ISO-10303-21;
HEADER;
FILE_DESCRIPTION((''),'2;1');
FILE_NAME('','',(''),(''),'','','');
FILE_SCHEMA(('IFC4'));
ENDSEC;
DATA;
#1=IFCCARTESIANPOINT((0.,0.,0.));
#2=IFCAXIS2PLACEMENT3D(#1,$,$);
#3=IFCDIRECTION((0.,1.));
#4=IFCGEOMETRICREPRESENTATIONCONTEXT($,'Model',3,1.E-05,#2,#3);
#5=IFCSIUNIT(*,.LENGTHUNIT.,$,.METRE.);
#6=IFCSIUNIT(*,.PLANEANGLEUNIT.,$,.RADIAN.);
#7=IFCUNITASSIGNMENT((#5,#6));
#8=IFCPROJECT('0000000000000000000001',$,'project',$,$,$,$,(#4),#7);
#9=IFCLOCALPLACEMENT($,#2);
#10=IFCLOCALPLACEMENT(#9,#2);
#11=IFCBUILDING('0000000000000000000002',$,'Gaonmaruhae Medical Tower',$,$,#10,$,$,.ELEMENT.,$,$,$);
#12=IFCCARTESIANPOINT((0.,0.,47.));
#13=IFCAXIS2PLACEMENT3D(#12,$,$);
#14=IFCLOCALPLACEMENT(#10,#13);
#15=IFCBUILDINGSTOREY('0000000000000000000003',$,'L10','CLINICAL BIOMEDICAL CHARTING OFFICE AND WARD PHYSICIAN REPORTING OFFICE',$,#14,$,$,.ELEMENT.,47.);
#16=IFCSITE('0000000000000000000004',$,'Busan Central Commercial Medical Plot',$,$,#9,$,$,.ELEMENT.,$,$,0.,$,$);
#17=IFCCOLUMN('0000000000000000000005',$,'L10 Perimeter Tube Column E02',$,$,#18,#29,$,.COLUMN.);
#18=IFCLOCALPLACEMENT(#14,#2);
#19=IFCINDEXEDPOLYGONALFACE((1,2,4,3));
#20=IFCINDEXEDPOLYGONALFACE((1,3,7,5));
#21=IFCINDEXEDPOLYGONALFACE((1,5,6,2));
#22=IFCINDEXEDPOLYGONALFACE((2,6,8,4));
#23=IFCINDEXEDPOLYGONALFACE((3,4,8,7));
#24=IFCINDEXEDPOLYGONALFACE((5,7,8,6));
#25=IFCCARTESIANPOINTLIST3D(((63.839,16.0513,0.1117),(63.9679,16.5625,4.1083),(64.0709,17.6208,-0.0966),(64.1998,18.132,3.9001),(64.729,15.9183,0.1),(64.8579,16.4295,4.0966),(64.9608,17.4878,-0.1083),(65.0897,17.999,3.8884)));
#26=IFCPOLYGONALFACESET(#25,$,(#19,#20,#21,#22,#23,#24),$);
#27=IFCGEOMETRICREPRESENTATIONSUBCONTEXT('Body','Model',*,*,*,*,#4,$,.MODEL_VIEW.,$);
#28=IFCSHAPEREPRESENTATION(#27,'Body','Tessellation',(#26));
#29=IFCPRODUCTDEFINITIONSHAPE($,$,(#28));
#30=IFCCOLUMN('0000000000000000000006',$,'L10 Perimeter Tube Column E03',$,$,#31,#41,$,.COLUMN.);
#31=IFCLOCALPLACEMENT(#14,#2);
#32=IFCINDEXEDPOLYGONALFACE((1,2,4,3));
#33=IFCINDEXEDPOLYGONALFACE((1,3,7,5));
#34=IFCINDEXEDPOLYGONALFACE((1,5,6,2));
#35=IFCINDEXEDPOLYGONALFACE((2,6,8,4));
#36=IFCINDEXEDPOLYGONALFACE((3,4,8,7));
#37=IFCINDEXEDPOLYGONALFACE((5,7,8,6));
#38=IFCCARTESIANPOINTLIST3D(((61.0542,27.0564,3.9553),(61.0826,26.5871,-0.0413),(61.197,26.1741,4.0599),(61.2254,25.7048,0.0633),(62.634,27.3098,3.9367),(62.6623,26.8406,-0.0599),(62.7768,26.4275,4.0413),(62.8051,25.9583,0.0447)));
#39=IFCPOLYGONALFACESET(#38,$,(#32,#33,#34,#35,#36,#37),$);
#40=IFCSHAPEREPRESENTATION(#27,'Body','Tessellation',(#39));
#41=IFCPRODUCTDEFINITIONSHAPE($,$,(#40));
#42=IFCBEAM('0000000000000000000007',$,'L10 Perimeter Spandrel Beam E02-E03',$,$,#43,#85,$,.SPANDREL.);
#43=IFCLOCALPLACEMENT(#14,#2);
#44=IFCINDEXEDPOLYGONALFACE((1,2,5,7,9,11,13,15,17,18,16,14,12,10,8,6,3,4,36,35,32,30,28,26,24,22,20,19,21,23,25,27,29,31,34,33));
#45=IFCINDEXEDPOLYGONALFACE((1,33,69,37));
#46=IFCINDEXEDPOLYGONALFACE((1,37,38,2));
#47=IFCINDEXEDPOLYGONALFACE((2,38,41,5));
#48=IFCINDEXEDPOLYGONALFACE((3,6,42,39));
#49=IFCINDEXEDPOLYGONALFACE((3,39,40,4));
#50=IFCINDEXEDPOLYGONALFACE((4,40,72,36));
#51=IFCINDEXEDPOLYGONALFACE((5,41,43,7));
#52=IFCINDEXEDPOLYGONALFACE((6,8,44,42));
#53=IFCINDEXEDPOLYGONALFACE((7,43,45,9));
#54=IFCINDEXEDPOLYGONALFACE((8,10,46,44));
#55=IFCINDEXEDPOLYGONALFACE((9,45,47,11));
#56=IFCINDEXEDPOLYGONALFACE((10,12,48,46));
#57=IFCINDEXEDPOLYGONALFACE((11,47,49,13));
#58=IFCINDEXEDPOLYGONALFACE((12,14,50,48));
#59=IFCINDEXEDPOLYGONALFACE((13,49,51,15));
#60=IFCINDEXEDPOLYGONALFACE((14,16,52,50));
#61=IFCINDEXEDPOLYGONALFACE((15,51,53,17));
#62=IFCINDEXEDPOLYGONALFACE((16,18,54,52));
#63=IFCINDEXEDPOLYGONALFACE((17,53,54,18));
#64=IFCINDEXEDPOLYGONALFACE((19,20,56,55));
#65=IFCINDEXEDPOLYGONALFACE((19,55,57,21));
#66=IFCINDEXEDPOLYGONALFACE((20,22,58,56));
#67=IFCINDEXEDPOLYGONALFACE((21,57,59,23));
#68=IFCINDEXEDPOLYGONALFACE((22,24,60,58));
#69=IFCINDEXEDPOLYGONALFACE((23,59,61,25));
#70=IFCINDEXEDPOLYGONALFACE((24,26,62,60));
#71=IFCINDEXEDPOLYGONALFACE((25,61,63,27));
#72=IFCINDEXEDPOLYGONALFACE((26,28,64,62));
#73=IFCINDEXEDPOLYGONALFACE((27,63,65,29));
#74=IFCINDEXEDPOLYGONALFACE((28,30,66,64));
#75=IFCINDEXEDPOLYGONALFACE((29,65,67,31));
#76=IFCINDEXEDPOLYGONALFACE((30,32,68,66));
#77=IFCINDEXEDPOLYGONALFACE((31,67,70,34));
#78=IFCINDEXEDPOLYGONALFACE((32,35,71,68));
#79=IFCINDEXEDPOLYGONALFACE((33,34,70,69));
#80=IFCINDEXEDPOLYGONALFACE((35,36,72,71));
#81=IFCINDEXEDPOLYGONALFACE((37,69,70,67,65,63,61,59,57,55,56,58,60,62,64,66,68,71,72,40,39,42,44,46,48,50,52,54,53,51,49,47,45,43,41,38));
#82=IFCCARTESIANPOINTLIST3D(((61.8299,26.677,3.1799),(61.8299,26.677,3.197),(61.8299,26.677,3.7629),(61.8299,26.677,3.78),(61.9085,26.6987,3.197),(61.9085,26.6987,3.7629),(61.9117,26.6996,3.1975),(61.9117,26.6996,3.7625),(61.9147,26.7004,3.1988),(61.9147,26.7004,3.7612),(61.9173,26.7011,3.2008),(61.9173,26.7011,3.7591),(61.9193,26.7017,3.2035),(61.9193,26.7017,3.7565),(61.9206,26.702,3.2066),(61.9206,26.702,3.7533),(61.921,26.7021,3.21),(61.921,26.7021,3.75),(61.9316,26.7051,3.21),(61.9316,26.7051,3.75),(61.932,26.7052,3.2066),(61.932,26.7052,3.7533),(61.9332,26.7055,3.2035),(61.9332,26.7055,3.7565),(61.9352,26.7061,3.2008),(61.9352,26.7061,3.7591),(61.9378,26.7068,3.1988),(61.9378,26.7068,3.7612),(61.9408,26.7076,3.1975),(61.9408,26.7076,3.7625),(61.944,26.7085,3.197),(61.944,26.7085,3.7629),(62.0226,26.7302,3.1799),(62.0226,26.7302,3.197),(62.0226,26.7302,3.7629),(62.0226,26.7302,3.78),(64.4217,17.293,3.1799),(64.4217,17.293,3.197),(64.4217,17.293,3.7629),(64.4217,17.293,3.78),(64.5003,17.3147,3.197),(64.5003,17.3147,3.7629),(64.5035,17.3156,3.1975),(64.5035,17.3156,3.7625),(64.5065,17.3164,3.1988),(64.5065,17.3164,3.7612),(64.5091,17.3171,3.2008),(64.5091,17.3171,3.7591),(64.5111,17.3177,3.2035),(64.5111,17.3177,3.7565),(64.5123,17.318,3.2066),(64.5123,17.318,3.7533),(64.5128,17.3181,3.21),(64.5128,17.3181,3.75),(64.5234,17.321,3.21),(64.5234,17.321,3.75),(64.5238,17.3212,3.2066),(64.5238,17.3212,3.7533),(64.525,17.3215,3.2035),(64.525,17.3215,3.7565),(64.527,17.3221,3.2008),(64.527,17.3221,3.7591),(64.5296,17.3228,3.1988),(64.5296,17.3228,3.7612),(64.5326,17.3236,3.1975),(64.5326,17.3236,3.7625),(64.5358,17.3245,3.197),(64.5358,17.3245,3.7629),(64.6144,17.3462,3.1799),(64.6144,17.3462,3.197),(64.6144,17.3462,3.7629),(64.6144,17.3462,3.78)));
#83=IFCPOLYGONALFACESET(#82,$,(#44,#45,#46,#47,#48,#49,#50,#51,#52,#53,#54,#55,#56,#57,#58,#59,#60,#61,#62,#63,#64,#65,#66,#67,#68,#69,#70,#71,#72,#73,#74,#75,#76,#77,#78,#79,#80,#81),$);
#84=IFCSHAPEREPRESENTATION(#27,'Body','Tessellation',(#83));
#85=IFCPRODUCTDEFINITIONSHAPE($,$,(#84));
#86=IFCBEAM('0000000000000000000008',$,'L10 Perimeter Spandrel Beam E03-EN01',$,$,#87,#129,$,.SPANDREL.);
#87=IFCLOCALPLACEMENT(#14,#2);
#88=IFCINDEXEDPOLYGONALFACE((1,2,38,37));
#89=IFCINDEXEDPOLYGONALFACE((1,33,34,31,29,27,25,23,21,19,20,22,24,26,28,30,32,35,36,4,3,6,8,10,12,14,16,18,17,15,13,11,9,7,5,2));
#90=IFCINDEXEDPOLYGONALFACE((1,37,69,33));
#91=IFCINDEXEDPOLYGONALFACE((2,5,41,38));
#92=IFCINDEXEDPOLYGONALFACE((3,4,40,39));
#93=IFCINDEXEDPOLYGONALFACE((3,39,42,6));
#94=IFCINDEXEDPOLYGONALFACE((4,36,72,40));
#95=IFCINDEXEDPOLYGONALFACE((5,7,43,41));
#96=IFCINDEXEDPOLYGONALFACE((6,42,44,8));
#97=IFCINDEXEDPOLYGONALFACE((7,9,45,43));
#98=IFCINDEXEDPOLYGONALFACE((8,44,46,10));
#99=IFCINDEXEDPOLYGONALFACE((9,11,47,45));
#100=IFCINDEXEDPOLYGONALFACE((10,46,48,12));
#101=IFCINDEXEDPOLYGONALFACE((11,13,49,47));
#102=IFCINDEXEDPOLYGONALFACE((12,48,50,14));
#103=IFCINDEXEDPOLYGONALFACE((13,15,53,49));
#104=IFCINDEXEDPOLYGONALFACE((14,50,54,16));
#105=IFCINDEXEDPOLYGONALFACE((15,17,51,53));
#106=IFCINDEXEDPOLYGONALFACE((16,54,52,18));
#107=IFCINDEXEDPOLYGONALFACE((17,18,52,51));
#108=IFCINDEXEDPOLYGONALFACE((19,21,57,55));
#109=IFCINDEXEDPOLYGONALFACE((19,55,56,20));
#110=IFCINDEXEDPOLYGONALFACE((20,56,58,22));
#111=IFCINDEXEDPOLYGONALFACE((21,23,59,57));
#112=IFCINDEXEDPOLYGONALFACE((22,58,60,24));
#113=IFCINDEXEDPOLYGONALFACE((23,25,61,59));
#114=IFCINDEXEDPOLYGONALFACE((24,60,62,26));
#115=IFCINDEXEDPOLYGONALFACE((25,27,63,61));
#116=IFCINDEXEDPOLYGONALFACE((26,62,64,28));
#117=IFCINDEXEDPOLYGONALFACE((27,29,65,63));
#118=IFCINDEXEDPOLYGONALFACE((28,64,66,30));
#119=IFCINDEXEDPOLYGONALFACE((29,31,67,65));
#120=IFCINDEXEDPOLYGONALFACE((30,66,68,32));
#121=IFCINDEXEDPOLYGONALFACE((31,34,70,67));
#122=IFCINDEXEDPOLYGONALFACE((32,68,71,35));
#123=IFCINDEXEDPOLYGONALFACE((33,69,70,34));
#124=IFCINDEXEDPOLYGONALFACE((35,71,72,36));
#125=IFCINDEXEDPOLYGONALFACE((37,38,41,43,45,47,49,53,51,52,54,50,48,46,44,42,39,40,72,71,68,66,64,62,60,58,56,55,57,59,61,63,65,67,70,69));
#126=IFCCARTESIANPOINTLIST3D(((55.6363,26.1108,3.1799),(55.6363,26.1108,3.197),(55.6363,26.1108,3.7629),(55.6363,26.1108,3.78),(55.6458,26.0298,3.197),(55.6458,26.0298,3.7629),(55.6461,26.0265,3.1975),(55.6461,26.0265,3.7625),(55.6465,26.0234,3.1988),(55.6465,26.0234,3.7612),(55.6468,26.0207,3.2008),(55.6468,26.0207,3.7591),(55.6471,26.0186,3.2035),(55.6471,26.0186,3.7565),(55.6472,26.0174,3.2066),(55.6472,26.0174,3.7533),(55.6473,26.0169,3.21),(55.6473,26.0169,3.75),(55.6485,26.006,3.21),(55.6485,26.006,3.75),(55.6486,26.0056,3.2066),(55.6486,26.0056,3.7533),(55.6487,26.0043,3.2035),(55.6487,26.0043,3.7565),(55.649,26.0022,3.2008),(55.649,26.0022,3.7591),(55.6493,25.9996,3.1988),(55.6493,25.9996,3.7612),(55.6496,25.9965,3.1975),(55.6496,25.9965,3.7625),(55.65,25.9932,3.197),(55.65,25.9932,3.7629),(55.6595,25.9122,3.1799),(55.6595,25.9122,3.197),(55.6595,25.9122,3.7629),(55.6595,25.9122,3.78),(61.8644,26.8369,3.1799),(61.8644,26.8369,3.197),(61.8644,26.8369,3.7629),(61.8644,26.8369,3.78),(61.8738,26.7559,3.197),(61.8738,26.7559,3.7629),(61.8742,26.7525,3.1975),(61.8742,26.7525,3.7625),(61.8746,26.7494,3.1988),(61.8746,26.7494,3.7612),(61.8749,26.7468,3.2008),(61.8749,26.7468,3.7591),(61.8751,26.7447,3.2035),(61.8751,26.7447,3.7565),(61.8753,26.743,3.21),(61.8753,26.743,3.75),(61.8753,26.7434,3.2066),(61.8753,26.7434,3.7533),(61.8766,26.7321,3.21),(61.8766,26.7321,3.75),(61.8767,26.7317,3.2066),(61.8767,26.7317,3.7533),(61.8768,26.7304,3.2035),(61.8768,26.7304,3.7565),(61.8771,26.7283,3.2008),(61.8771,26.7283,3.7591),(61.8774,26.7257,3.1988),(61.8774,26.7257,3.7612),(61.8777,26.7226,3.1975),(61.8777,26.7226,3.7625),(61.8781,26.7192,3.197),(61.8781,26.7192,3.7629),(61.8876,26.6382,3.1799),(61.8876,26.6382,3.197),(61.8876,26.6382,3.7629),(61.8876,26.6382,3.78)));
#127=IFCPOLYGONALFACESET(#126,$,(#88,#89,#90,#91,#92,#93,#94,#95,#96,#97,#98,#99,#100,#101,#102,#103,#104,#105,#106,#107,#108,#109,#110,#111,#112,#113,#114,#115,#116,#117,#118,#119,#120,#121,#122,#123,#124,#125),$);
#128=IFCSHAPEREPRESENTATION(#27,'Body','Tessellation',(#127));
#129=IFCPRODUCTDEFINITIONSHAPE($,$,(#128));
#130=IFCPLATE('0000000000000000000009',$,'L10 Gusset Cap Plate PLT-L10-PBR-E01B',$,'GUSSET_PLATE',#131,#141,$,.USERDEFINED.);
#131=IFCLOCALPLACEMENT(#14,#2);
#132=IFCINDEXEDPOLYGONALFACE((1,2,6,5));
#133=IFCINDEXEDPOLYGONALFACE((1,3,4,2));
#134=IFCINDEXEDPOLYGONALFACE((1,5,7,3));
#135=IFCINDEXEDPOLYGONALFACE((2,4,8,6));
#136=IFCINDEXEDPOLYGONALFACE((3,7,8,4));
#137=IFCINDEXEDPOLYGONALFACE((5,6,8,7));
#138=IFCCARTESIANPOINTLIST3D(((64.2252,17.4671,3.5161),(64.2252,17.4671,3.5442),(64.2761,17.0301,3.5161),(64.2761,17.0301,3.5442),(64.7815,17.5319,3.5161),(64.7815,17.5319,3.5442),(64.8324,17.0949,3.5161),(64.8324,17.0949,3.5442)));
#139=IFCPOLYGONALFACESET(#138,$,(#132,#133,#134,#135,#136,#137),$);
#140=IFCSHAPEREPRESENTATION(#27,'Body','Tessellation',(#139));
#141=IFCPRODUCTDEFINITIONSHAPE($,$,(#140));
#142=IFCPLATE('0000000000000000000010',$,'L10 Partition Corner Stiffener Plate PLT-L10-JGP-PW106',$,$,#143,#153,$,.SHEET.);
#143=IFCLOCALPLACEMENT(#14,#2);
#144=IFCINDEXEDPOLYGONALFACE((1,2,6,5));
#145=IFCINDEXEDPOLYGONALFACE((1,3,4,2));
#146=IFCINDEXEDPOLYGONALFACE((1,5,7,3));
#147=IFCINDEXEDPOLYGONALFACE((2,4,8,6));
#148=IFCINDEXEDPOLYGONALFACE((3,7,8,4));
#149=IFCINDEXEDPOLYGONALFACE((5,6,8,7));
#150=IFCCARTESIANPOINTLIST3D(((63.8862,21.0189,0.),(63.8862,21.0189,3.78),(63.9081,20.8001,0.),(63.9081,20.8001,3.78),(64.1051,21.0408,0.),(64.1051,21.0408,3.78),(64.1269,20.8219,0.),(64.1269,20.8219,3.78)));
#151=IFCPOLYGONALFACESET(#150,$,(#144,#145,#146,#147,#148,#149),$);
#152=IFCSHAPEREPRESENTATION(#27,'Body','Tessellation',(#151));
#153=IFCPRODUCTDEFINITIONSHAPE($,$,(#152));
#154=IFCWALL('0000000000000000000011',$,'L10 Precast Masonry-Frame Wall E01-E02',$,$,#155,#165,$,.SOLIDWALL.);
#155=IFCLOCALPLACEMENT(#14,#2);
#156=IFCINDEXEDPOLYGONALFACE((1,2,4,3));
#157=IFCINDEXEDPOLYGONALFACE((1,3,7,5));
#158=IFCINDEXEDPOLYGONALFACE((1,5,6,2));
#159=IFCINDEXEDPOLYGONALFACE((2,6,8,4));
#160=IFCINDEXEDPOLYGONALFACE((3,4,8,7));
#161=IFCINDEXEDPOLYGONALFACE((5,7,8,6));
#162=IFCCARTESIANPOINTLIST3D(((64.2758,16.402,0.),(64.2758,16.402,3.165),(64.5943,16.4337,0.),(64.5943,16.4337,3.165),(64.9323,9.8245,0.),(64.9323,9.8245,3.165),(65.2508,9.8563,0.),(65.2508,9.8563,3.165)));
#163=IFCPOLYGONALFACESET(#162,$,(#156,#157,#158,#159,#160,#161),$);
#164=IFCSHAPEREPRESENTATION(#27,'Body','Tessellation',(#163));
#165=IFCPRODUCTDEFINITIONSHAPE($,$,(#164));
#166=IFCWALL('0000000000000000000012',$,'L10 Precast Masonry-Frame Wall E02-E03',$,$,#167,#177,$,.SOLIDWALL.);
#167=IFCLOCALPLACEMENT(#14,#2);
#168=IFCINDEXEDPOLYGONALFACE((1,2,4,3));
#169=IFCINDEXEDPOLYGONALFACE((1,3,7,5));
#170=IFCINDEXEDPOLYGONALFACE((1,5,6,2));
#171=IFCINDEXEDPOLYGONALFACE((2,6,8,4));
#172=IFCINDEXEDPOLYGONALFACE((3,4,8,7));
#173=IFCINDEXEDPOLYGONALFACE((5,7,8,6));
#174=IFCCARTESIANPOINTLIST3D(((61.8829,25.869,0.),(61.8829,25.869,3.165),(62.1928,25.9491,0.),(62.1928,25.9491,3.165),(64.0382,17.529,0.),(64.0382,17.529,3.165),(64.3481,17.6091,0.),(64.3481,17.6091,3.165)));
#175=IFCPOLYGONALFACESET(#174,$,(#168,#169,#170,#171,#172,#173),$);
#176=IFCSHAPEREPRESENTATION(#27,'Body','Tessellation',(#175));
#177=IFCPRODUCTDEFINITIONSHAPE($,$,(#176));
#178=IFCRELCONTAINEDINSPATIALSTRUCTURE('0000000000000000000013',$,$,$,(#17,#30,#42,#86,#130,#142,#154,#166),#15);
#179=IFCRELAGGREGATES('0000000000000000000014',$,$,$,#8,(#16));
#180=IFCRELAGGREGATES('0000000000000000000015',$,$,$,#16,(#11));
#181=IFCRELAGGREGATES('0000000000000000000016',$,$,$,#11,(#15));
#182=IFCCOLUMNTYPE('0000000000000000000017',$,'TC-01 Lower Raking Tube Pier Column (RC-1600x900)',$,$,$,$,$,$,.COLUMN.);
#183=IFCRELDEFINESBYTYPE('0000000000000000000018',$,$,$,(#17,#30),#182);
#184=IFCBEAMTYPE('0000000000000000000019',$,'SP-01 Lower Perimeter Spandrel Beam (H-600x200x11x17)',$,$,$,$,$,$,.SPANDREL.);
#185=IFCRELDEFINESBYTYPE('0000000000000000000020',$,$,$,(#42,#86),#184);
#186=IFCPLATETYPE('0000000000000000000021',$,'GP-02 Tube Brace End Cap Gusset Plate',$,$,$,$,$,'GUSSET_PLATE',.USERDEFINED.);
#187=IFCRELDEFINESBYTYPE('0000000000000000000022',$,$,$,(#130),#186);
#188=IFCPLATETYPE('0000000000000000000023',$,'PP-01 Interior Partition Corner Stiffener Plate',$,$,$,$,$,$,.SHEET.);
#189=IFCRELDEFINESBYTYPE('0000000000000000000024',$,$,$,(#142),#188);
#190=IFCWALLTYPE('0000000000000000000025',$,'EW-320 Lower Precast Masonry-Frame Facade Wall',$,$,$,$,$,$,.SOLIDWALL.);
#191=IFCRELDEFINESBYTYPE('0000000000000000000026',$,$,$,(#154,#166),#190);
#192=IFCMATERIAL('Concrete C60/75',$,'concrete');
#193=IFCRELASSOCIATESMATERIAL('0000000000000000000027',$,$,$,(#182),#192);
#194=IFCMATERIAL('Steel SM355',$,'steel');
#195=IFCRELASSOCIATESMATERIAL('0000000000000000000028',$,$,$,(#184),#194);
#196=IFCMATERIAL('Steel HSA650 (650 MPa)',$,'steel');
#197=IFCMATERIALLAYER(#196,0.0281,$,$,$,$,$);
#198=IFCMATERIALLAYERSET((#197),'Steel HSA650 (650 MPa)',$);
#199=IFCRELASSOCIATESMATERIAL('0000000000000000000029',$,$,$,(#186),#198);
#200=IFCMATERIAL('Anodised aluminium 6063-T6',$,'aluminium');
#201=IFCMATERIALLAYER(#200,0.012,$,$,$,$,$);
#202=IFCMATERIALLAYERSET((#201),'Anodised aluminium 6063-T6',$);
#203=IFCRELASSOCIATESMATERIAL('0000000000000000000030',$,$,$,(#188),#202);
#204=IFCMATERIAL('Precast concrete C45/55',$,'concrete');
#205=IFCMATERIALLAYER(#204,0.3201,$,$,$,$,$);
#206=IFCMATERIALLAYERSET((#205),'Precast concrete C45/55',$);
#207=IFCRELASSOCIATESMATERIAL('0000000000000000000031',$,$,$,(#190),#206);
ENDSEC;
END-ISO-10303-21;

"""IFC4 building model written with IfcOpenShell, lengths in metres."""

from ifc_helpers import new_model, si_unit, direction, frame, frame_2d, origin, origin_2d, place, context, subcontext, project, spatial, rectangle, i_section, extrude, material, layer, layer_set, material_profile, profile_set, type_object, element, save


model = new_model("IFC4")

# Units and contexts
model_context = context("Model", 3, precision=1e-05, world=origin(), true_north=direction((0.0, 1.0)))
body_context = subcontext(model_context, "Body", "Model", "MODEL_VIEW")
ifc_project = project(units=[si_unit("LENGTHUNIT", "METRE"), si_unit("PLANEANGLEUNIT", "RADIAN")], contexts=[model_context])

# Site, building, storey
site_placement = place(None, origin())
site = spatial("IfcSite", under=ifc_project, at=site_placement, Name="Busan Central Commercial Medical Plot", CompositionType="ELEMENT", RefElevation=0.0)
building_placement = place(site_placement, origin())
building = spatial("IfcBuilding", under=site, at=building_placement, Name="Gaonmaruhae Medical Tower", CompositionType="ELEMENT")
storey_placement = place(building_placement, frame((0.0, 0.0, 47.0)))
storey = spatial("IfcBuildingStorey", under=building, at=storey_placement, Name="L10", Description="CLINICAL BIOMEDICAL CHARTING OFFICE AND WARD PHYSICIAN REPORTING OFFICE", CompositionType="ELEMENT", Elevation=47.0)

# Columns
ifc_material_1 = material(Name="Concrete C60/75", Category="concrete")
ifc_material_profile_1 = material_profile(ifc_material_1, rectangle(XDim=1.6001, YDim=0.8999, at=origin_2d()), Name="RC-1600x900")
ifc_profile_set_1 = profile_set([ifc_material_profile_1], Name="Concrete C60/75")
column_type = type_object("IfcColumnType", Name="TC-01 Lower Raking Tube Pier Column (RC-1600x900)", PredefinedType="COLUMN", material=ifc_profile_set_1)
column_1_placement = place(storey_placement, frame((64.3999, 16.7695, 0.0017), z_axis=(0.031977, 0.126818, 0.99141), x_axis=(-0.144892, -0.980851, 0.130141)))
element("IfcColumn", 1, at=column_1_placement, inside=storey, type_object=column_type, Name="L10 Perimeter Tube Column E02", PredefinedType="COLUMN", context=body_context, shape_type="SweptSolid", body=[
    extrude(rectangle(XDim=1.6001, YDim=0.8999, at=origin_2d()), origin(), (0.0, 0.0, 1.0), 4.0312),
])
column_2_placement = place(storey_placement, frame((61.9438, 26.2727, 0.0017), z_axis=(-0.007038, 0.116606, 0.993153), x_axis=(-0.987306, -0.158407, 0.011602)))
element("IfcColumn", 2, at=column_2_placement, inside=storey, type_object=column_type, Name="L10 Perimeter Tube Column E03", PredefinedType="COLUMN", context=body_context, shape_type="SweptSolid", body=[
    extrude(rectangle(XDim=1.6001, YDim=0.8999, at=origin_2d()), origin(), (0.0, 0.0, 1.0), 4.0242),
])

# Beams
ifc_material_2 = material(Name="Steel SM355", Category="steel")
ifc_material_profile_2 = material_profile(ifc_material_2, i_section(OverallWidth=0.2, OverallDepth=0.6001, WebThickness=0.011, FlangeThickness=0.0171, FilletRadius=0.0129, at=origin_2d()), Name="H-600x200x11x17")
ifc_profile_set_2 = profile_set([ifc_material_profile_2], Name="Steel SM355")
beam_type = type_object("IfcBeamType", Name="SP-01 Lower Perimeter Spandrel Beam (H-600x200x11x17)", PredefinedType="SPANDREL", material=ifc_profile_set_2)
beam_1_placement = place(storey_placement, frame((64.5181, 17.3196, 3.48), z_axis=(-0.266225, 0.963911, 0.0), x_axis=(-0.963911, -0.266225, 0.0)))
element("IfcBeam", 3, at=beam_1_placement, inside=storey, type_object=beam_type, Name="L10 Perimeter Spandrel Beam E02-E03", PredefinedType="SPANDREL", context=body_context, shape_type="SweptSolid", body=[
    extrude(i_section(OverallWidth=0.2, OverallDepth=0.6001, WebThickness=0.011, FlangeThickness=0.0171, FilletRadius=0.0129, at=origin_2d()), origin(), (0.0, 0.0, 1.0), 9.7354),
])
beam_2_placement = place(storey_placement, frame((61.876, 26.7375, 3.48), z_axis=(-0.993273, -0.115797, 0.0), x_axis=(0.115797, -0.993273, 0.0)))
element("IfcBeam", 4, at=beam_2_placement, inside=storey, type_object=beam_type, Name="L10 Perimeter Spandrel Beam E03-EN01", PredefinedType="SPANDREL", context=body_context, shape_type="SweptSolid", body=[
    extrude(i_section(OverallWidth=0.2, OverallDepth=0.6001, WebThickness=0.011, FlangeThickness=0.0171, FilletRadius=0.0129, at=origin_2d()), origin(), (0.0, 0.0, 1.0), 6.2703),
])

# Plates
ifc_material_3 = material(Name="Steel HSA650 (650 MPa)", Category="steel")
ifc_layer_1 = layer(ifc_material_3, 0.0281)
ifc_layer_set_1 = layer_set([ifc_layer_1], Name="Steel HSA650 (650 MPa)")
plate_type_1 = type_object("IfcPlateType", Name="GP-02 Tube Brace End Cap Gusset Plate", ElementType="GUSSET_PLATE", PredefinedType="USERDEFINED", material=ifc_layer_set_1)
plate_1_placement = place(storey_placement, frame((64.5288, 17.281, 3.5161), z_axis=(0.0, 0.0, 1.0), x_axis=(0.993272, 0.115804, 0.0)))
element("IfcPlate", 5, at=plate_1_placement, inside=storey, type_object=plate_type_1, Name="L10 Gusset Cap Plate PLT-L10-PBR-E01B", ObjectType="GUSSET_PLATE", PredefinedType="USERDEFINED", context=body_context, shape_type="SweptSolid", body=[
    extrude(rectangle(XDim=0.5601, YDim=0.4399, at=origin_2d()), origin(), (0.0, 0.0, 1.0), 0.0281),
])
ifc_material_4 = material(Name="Anodised aluminium 6063-T6", Category="aluminium")
ifc_layer_2 = layer(ifc_material_4, 0.012)
ifc_layer_set_2 = layer_set([ifc_layer_2], Name="Anodised aluminium 6063-T6")
plate_type_2 = type_object("IfcPlateType", Name="PP-01 Interior Partition Corner Stiffener Plate", PredefinedType="SHEET", material=ifc_layer_set_2)
plate_2_placement = place(storey_placement, frame((64.0066, 20.9204, 0.0), z_axis=(0.0, 0.0, 1.0), x_axis=(0.995066, 0.099216, 0.0)))
element("IfcPlate", 6, at=plate_2_placement, inside=storey, type_object=plate_type_2, Name="L10 Partition Corner Stiffener Plate PLT-L10-JGP-PW106", PredefinedType="SHEET", context=body_context, shape_type="SweptSolid", body=[
    extrude(rectangle(XDim=0.22, YDim=0.22, at=origin_2d()), origin(), (0.0, 0.0, 1.0), 3.78),
])

# Walls
ifc_material_5 = material(Name="Precast concrete C45/55", Category="concrete")
ifc_layer_3 = layer(ifc_material_5, 0.3201)
ifc_layer_set_3 = layer_set([ifc_layer_3], Name="Precast concrete C45/55")
wall_type_1 = type_object("IfcWallType", Name="EW-320 Lower Precast Masonry-Frame Facade Wall", PredefinedType="SOLIDWALL", material=ifc_layer_set_3)
wall_1_placement = place(storey_placement, frame((64.4351, 16.418, 0.0), z_axis=(0.0, 0.0, 1.0), x_axis=(0.099317, -0.995056, 0.0)))
element("IfcWall", 7, at=wall_1_placement, inside=storey, type_object=wall_type_1, Name="L10 Precast Masonry-Frame Wall E01-E02", PredefinedType="SOLIDWALL", context=body_context, shape_type="SweptSolid", body=[
    extrude(rectangle(XDim=6.6101, YDim=0.3201, at=frame_2d((3.3052, 0.0))), origin(), (0.0, 0.0, 1.0), 3.165),
])
wall_2_placement = place(storey_placement, frame((62.0378, 25.9092, 0.0), z_axis=(0.0, 0.0, 1.0), x_axis=(0.250204, -0.968193, 0.0)))
element("IfcWall", 8, at=wall_2_placement, inside=storey, type_object=wall_type_1, Name="L10 Precast Masonry-Frame Wall E02-E03", PredefinedType="SOLIDWALL", context=body_context, shape_type="SweptSolid", body=[
    extrude(rectangle(XDim=8.614, YDim=0.3201, at=frame_2d((4.3071, 0.0))), origin(), (0.0, 0.0, 1.0), 3.165),
])

save(model, "model.ifc")
